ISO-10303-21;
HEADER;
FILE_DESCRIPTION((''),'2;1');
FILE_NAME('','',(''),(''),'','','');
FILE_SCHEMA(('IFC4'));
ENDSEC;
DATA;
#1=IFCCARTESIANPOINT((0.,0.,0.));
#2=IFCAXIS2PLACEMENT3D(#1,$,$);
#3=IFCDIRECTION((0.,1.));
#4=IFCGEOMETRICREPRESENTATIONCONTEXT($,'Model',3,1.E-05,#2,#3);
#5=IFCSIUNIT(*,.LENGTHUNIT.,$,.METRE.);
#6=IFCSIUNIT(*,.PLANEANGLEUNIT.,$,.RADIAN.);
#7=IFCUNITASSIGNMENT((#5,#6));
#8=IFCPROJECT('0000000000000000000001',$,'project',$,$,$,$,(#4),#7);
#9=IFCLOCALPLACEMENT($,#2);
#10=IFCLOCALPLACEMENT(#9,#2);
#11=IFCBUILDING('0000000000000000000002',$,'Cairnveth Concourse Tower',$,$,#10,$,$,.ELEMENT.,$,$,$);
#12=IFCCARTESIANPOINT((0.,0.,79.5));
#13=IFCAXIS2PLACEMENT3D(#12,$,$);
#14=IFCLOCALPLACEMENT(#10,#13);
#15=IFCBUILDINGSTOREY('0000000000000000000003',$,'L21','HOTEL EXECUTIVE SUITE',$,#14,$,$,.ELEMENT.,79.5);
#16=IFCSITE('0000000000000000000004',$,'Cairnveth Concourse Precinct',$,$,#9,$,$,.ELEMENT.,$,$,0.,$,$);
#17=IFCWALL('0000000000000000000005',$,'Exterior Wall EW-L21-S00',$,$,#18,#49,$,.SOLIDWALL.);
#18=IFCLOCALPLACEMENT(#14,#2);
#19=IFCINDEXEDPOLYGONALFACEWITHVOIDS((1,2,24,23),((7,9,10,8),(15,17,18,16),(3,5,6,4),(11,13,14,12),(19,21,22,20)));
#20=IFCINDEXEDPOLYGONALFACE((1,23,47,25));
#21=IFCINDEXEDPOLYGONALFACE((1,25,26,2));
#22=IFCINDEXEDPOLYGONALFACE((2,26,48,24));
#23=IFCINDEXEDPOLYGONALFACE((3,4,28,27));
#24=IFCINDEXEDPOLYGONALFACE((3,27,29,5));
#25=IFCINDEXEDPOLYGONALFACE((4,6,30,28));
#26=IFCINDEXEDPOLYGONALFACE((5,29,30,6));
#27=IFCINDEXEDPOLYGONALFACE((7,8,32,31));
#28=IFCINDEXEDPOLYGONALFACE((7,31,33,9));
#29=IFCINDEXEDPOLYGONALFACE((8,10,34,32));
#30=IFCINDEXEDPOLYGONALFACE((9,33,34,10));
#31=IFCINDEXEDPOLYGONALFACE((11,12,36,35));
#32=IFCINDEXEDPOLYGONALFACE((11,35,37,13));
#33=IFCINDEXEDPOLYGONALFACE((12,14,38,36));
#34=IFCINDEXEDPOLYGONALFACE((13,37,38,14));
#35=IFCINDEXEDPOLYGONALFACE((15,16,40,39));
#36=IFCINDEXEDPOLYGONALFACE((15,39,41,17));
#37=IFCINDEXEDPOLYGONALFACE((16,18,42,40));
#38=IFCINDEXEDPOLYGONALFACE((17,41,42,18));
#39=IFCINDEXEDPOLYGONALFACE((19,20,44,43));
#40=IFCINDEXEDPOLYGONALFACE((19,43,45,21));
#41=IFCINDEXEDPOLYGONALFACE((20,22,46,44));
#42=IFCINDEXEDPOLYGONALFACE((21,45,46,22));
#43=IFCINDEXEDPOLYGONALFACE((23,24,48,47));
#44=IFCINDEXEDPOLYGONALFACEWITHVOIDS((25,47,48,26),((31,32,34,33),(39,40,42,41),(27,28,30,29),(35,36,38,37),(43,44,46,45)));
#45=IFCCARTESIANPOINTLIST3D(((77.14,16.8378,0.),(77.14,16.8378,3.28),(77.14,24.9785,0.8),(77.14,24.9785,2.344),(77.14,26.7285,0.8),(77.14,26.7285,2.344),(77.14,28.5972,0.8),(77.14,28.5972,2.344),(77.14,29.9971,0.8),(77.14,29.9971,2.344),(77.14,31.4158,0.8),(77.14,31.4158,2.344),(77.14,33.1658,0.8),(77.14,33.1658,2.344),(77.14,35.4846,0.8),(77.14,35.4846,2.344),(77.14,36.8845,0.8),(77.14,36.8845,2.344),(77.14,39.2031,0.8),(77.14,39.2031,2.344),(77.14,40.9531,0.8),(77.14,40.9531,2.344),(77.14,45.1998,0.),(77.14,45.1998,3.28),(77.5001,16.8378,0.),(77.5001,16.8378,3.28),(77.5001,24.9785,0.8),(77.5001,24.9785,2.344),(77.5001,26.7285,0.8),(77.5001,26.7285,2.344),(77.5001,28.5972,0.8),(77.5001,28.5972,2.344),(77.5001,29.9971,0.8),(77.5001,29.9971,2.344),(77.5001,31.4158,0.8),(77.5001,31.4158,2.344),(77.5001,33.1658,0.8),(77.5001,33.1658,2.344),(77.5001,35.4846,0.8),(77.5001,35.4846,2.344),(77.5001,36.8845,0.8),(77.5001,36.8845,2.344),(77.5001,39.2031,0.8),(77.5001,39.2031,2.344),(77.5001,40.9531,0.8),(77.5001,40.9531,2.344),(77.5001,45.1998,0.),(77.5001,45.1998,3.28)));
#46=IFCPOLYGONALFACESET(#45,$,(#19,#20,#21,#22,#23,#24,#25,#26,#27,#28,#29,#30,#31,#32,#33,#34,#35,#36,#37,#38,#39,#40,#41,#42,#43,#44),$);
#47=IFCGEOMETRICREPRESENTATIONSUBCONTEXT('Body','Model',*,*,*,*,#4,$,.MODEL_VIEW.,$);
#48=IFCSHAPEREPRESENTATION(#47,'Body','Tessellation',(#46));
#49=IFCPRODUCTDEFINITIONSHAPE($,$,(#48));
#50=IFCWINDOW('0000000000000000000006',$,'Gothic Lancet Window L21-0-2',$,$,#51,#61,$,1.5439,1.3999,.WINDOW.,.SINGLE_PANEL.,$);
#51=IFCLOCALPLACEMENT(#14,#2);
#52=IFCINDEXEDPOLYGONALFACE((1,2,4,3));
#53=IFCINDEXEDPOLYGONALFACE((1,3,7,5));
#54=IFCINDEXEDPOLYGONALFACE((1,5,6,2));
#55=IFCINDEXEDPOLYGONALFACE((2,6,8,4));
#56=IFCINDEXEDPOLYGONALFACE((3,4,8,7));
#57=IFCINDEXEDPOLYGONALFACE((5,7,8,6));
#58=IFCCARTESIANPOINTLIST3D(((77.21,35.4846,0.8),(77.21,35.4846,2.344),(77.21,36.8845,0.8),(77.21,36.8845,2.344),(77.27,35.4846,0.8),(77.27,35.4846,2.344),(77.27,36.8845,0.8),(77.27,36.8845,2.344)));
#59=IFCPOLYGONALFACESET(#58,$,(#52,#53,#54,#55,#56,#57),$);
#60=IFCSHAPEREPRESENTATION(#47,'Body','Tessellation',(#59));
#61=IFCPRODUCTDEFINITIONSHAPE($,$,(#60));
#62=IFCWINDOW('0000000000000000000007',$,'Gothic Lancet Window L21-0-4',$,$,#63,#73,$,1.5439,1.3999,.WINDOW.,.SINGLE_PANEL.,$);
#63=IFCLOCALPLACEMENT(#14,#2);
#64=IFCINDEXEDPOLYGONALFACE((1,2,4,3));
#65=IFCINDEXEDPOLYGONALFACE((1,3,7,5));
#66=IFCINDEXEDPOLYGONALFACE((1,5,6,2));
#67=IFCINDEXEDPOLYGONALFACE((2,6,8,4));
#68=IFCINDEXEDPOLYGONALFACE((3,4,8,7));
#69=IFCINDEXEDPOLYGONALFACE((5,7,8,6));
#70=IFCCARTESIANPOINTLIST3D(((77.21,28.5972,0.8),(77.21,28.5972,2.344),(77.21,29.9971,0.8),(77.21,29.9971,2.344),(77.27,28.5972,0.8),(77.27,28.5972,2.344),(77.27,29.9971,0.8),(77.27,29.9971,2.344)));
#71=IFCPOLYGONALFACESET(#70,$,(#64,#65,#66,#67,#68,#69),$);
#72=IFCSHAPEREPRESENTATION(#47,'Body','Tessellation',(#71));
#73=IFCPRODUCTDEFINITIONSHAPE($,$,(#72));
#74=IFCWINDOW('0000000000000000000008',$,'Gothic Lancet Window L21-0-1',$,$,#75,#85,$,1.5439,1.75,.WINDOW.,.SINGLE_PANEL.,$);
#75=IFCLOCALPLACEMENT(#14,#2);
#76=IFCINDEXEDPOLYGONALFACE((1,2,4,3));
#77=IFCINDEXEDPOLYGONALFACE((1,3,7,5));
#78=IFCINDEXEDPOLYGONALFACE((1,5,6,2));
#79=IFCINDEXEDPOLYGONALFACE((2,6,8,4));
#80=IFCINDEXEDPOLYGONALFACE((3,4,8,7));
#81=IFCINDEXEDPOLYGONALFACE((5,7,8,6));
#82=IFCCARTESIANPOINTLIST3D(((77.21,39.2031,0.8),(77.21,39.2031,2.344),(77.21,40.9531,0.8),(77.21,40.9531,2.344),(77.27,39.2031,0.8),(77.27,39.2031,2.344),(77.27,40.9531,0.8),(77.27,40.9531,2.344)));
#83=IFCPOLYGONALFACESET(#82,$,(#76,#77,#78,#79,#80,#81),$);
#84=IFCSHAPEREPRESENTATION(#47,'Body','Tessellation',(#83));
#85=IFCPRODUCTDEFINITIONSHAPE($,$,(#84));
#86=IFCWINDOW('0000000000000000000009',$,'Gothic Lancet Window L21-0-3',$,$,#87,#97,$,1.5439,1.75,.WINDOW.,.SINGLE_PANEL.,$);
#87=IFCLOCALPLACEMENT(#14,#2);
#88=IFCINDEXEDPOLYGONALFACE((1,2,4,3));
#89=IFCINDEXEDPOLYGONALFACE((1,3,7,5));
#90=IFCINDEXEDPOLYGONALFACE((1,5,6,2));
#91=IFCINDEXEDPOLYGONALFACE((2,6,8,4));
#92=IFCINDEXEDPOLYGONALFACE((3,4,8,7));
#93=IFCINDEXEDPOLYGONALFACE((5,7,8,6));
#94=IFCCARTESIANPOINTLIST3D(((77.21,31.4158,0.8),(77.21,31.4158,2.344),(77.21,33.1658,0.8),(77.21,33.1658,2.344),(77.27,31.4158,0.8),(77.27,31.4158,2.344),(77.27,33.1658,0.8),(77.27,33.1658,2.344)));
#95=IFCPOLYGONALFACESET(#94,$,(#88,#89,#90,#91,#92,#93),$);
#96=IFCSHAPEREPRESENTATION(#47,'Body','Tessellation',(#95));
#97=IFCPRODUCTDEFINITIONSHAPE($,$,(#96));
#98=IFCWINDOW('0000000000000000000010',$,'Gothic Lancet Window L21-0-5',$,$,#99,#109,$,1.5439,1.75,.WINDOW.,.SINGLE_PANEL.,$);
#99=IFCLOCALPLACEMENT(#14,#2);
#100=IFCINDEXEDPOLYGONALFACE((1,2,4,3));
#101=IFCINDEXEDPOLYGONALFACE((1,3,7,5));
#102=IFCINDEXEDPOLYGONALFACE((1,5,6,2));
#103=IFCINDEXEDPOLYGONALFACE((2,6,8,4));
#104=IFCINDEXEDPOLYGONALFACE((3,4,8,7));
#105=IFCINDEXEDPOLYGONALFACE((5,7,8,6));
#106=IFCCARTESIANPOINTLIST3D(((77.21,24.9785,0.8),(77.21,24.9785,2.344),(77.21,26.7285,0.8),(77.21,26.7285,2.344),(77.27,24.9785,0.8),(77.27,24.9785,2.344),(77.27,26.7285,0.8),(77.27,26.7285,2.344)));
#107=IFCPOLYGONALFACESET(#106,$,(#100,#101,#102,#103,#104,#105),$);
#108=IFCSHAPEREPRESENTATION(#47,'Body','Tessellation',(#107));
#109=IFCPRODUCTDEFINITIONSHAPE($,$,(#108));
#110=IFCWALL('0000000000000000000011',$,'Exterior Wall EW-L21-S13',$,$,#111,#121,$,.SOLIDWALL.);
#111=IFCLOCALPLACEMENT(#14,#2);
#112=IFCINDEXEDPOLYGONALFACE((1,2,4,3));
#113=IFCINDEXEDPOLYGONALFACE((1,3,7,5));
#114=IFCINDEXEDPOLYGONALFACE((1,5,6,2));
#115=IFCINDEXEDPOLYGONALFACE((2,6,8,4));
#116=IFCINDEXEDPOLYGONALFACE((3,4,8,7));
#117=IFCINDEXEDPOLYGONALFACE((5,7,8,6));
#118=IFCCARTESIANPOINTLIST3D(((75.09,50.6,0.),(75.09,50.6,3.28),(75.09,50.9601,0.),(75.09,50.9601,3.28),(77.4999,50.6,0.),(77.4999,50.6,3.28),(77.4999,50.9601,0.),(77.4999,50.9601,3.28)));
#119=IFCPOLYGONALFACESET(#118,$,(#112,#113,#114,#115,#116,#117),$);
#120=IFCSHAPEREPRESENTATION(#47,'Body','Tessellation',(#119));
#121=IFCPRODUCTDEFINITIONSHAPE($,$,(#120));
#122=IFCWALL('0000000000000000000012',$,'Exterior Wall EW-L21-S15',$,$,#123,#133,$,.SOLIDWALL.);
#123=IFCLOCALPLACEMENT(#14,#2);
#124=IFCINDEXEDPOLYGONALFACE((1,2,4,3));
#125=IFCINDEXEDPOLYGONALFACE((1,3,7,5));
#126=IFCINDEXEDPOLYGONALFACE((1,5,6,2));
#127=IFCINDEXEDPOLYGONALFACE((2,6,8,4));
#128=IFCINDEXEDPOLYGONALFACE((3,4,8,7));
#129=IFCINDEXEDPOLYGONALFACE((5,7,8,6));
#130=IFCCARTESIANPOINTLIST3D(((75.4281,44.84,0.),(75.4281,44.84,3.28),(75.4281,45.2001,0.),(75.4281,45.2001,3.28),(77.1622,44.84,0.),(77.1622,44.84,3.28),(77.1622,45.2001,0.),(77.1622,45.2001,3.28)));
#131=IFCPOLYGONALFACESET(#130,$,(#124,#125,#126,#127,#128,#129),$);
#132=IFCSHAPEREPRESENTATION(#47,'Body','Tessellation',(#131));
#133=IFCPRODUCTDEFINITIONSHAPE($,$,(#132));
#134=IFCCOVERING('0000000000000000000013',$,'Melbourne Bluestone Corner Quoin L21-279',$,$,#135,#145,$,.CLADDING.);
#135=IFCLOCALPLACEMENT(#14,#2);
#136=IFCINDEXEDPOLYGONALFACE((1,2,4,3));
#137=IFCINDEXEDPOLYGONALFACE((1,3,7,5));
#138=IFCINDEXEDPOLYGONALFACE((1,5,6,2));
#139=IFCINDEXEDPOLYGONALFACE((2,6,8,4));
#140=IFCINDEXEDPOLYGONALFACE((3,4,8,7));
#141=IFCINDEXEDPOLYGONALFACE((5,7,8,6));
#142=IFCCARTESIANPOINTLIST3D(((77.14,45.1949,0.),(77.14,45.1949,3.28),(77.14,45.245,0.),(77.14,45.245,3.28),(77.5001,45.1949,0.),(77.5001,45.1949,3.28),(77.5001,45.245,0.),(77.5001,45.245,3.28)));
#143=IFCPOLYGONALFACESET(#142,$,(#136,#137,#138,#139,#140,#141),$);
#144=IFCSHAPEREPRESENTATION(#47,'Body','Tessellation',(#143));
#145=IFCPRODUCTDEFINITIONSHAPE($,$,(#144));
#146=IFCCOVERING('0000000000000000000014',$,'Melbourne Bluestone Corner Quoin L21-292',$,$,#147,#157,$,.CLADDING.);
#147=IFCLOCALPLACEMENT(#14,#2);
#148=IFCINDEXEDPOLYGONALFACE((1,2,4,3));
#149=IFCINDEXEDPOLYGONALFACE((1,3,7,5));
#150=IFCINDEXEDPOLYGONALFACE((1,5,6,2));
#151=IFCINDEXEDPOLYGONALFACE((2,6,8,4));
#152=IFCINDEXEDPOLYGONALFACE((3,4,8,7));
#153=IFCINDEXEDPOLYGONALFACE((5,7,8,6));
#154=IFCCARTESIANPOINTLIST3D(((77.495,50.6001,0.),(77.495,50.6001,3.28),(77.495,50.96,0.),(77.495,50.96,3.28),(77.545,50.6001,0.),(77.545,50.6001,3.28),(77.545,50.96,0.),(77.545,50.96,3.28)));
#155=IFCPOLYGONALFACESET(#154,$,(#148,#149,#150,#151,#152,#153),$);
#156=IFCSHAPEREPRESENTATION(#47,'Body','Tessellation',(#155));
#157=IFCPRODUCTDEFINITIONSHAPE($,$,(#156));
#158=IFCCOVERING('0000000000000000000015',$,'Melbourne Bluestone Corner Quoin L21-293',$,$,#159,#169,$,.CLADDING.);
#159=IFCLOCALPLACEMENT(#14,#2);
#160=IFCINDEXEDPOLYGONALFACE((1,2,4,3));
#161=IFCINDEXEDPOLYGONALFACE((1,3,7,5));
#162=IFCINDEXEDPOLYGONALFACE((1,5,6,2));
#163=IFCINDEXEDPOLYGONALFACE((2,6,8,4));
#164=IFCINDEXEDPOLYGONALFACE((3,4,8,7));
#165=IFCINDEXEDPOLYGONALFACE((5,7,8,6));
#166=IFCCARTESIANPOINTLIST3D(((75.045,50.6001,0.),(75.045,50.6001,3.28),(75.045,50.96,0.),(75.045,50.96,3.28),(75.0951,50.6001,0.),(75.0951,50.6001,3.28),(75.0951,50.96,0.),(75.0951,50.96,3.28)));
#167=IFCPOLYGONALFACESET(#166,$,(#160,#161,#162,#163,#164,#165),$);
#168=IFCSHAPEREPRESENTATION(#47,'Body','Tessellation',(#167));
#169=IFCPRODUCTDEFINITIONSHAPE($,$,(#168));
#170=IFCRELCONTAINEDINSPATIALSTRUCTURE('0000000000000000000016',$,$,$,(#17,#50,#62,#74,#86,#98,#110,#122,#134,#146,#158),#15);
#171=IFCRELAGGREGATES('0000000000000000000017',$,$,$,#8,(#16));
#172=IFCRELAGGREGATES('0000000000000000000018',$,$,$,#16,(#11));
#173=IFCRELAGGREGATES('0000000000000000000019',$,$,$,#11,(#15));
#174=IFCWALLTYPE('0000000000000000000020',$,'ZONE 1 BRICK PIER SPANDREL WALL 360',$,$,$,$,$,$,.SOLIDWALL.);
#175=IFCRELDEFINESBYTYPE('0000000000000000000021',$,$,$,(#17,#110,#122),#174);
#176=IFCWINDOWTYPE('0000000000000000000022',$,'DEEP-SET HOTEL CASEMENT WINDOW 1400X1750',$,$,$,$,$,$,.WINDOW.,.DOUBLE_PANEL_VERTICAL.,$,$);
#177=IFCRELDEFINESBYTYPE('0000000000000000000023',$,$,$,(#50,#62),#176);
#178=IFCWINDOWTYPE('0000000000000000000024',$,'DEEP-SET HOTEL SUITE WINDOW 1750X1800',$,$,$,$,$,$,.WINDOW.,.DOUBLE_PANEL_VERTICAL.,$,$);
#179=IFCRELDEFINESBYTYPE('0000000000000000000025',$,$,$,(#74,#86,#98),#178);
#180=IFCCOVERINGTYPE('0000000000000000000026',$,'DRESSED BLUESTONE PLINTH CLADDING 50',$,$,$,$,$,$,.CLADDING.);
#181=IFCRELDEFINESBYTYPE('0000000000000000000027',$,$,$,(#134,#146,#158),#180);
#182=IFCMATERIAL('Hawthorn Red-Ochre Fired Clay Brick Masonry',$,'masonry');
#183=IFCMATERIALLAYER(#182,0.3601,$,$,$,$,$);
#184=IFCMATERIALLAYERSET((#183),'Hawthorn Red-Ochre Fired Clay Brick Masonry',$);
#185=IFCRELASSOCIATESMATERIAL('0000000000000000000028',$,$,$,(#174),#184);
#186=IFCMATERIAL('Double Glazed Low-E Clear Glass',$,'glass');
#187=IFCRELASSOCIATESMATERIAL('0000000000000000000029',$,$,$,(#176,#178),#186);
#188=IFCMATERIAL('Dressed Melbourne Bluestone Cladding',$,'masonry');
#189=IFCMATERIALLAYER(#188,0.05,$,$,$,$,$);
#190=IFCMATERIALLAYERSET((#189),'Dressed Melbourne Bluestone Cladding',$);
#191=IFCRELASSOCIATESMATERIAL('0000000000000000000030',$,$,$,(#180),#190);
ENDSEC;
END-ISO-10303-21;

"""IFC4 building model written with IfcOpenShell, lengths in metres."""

from ifc_helpers import new_model, si_unit, direction, frame, frame_2d, origin, place, context, subcontext, project, spatial, rectangle, extrude, material, layer, layer_set, type_object, element, fill, save


model = new_model("IFC4")

# Units and contexts
model_context = context("Model", 3, precision=1e-05, world=origin(), true_north=direction((0.0, 1.0)))
body_context = subcontext(model_context, "Body", "Model", "MODEL_VIEW")
ifc_project = project(units=[si_unit("LENGTHUNIT", "METRE"), si_unit("PLANEANGLEUNIT", "RADIAN")], contexts=[model_context])

# Site, building, storey
site_placement = place(None, origin())
site = spatial("IfcSite", under=ifc_project, at=site_placement, Name="Cairnveth Concourse Precinct", CompositionType="ELEMENT", RefElevation=0.0)
building_placement = place(site_placement, origin())
building = spatial("IfcBuilding", under=site, at=building_placement, Name="Cairnveth Concourse Tower", CompositionType="ELEMENT")
storey_placement = place(building_placement, frame((0.0, 0.0, 79.5)))
storey = spatial("IfcBuildingStorey", under=building, at=storey_placement, Name="L21", Description="HOTEL EXECUTIVE SUITE", CompositionType="ELEMENT", Elevation=79.5)

# Shared definitions
ifc_material_1 = material(Name="Dressed Melbourne Bluestone Cladding", Category="masonry")

# Wall, openings, windows
ifc_material_2 = material(Name="Hawthorn Red-Ochre Fired Clay Brick Masonry", Category="masonry")
ifc_layer_1 = layer(ifc_material_2, 0.3601)
ifc_layer_set_1 = layer_set([ifc_layer_1], Name="Hawthorn Red-Ochre Fired Clay Brick Masonry")
wall_type_1 = type_object("IfcWallType", Name="ZONE 1 BRICK PIER SPANDREL WALL 360", PredefinedType="SOLIDWALL", material=ifc_layer_set_1)
wall_1_placement = place(storey_placement, frame((77.3201, 45.2, 0.0), z_axis=(0.0, 0.0, 1.0), x_axis=(0.0, -1.0, 0.0)))
wall_1 = element("IfcWall", 1, at=wall_1_placement, inside=storey, type_object=wall_type_1, Name="Exterior Wall EW-L21-S00", PredefinedType="SOLIDWALL", context=body_context, shape_type="SweptSolid", body=[
    extrude(rectangle(XDim=28.3621, YDim=0.3601, at=frame_2d((14.1812, 0.0))), origin(), (0.0, 0.0, 1.0), 3.28),
])
opening_1_placement = place(wall_1_placement, frame((4.2468, 0.0, 0.8)))
opening_1 = element("IfcOpeningElement", 2, at=opening_1_placement, cuts=wall_1, PredefinedType="OPENING", context=body_context, shape_type="SweptSolid", body=[
    extrude(rectangle(XDim=1.75, YDim=1.5439, at=frame_2d((0.875, 0.772))), frame((0.0, 0.1899, 0.0), z_axis=(0.0, -1.0, 0.0), x_axis=(1.0, 0.0, 0.0)), (0.0, 0.0, 1.0), 0.3801),
])
opening_2_placement = place(wall_1_placement, frame((8.3154, 0.0, 0.8)))
opening_2 = element("IfcOpeningElement", 3, at=opening_2_placement, cuts=wall_1, PredefinedType="OPENING", context=body_context, shape_type="SweptSolid", body=[
    extrude(rectangle(XDim=1.3999, YDim=1.5439, at=frame_2d((0.7, 0.772))), frame((0.0, 0.1899, 0.0), z_axis=(0.0, -1.0, 0.0), x_axis=(1.0, 0.0, 0.0)), (0.0, 0.0, 1.0), 0.3801),
])
opening_3_placement = place(wall_1_placement, frame((12.0342, 0.0, 0.8)))
opening_3 = element("IfcOpeningElement", 4, at=opening_3_placement, cuts=wall_1, PredefinedType="OPENING", context=body_context, shape_type="SweptSolid", body=[
    extrude(rectangle(XDim=1.75, YDim=1.5439, at=frame_2d((0.875, 0.772))), frame((0.0, 0.1899, 0.0), z_axis=(0.0, -1.0, 0.0), x_axis=(1.0, 0.0, 0.0)), (0.0, 0.0, 1.0), 0.3801),
])
opening_4_placement = place(wall_1_placement, frame((15.2029, 0.0, 0.8)))
opening_4 = element("IfcOpeningElement", 5, at=opening_4_placement, cuts=wall_1, PredefinedType="OPENING", context=body_context, shape_type="SweptSolid", body=[
    extrude(rectangle(XDim=1.3999, YDim=1.5439, at=frame_2d((0.7, 0.772))), frame((0.0, 0.1899, 0.0), z_axis=(0.0, -1.0, 0.0), x_axis=(1.0, 0.0, 0.0)), (0.0, 0.0, 1.0), 0.3801),
])
opening_5_placement = place(wall_1_placement, frame((18.4714, 0.0, 0.8)))
opening_5 = element("IfcOpeningElement", 6, at=opening_5_placement, cuts=wall_1, PredefinedType="OPENING", context=body_context, shape_type="SweptSolid", body=[
    extrude(rectangle(XDim=1.75, YDim=1.5439, at=frame_2d((0.875, 0.772))), frame((0.0, 0.1899, 0.0), z_axis=(0.0, -1.0, 0.0), x_axis=(1.0, 0.0, 0.0)), (0.0, 0.0, 1.0), 0.3801),
])
ifc_material_3 = material(Name="Double Glazed Low-E Clear Glass", Category="glass")
window_type_1 = type_object("IfcWindowType", Name="DEEP-SET HOTEL CASEMENT WINDOW 1400X1750", PartitioningType="DOUBLE_PANEL_VERTICAL", PredefinedType="WINDOW", material=ifc_material_3)
window_1_placement = place(opening_2_placement, origin())
window_1 = element("IfcWindow", 7, at=window_1_placement, inside=storey, type_object=window_type_1, Name="Gothic Lancet Window L21-0-2", OverallHeight=1.5439, OverallWidth=1.3999, PartitioningType="SINGLE_PANEL", PredefinedType="WINDOW", context=body_context, shape_type="SweptSolid", body=[
    extrude(rectangle(XDim=1.3999, YDim=1.5439, at=frame_2d((0.7, 0.772))), frame((0.0, -0.05, 0.0), z_axis=(0.0, -1.0, 0.0), x_axis=(1.0, 0.0, 0.0)), (0.0, 0.0, 1.0), 0.0601),
])
fill(opening_2, window_1)
window_2_placement = place(opening_4_placement, origin())
window_2 = element("IfcWindow", 8, at=window_2_placement, inside=storey, type_object=window_type_1, Name="Gothic Lancet Window L21-0-4", OverallHeight=1.5439, OverallWidth=1.3999, PartitioningType="SINGLE_PANEL", PredefinedType="WINDOW", context=body_context, shape_type="SweptSolid", body=[
    extrude(rectangle(XDim=1.3999, YDim=1.5439, at=frame_2d((0.7, 0.772))), frame((0.0, -0.05, 0.0), z_axis=(0.0, -1.0, 0.0), x_axis=(1.0, 0.0, 0.0)), (0.0, 0.0, 1.0), 0.0601),
])
fill(opening_4, window_2)
window_type_2 = type_object("IfcWindowType", Name="DEEP-SET HOTEL SUITE WINDOW 1750X1800", PartitioningType="DOUBLE_PANEL_VERTICAL", PredefinedType="WINDOW", material=ifc_material_3)
window_3_placement = place(opening_1_placement, origin())
window_3 = element("IfcWindow", 9, at=window_3_placement, inside=storey, type_object=window_type_2, Name="Gothic Lancet Window L21-0-1", OverallHeight=1.5439, OverallWidth=1.75, PartitioningType="SINGLE_PANEL", PredefinedType="WINDOW", context=body_context, shape_type="SweptSolid", body=[
    extrude(rectangle(XDim=1.75, YDim=1.5439, at=frame_2d((0.875, 0.772))), frame((0.0, -0.05, 0.0), z_axis=(0.0, -1.0, 0.0), x_axis=(1.0, 0.0, 0.0)), (0.0, 0.0, 1.0), 0.0601),
])
fill(opening_1, window_3)
window_4_placement = place(opening_3_placement, origin())
window_4 = element("IfcWindow", 10, at=window_4_placement, inside=storey, type_object=window_type_2, Name="Gothic Lancet Window L21-0-3", OverallHeight=1.5439, OverallWidth=1.75, PartitioningType="SINGLE_PANEL", PredefinedType="WINDOW", context=body_context, shape_type="SweptSolid", body=[
    extrude(rectangle(XDim=1.75, YDim=1.5439, at=frame_2d((0.875, 0.772))), frame((0.0, -0.05, 0.0), z_axis=(0.0, -1.0, 0.0), x_axis=(1.0, 0.0, 0.0)), (0.0, 0.0, 1.0), 0.0601),
])
fill(opening_3, window_4)
window_5_placement = place(opening_5_placement, origin())
window_5 = element("IfcWindow", 11, at=window_5_placement, inside=storey, type_object=window_type_2, Name="Gothic Lancet Window L21-0-5", OverallHeight=1.5439, OverallWidth=1.75, PartitioningType="SINGLE_PANEL", PredefinedType="WINDOW", context=body_context, shape_type="SweptSolid", body=[
    extrude(rectangle(XDim=1.75, YDim=1.5439, at=frame_2d((0.875, 0.772))), frame((0.0, -0.05, 0.0), z_axis=(0.0, -1.0, 0.0), x_axis=(1.0, 0.0, 0.0)), (0.0, 0.0, 1.0), 0.0601),
])
fill(opening_5, window_5)

# Wall
wall_2_placement = place(storey_placement, frame((77.5, 50.78, 0.0), z_axis=(0.0, 0.0, 1.0), x_axis=(-1.0, 0.0, 0.0)))
element("IfcWall", 12, at=wall_2_placement, inside=storey, type_object=wall_type_1, Name="Exterior Wall EW-L21-S13", PredefinedType="SOLIDWALL", context=body_context, shape_type="SweptSolid", body=[
    extrude(rectangle(XDim=2.4099, YDim=0.3601, at=frame_2d((1.2051, 0.0))), origin(), (0.0, 0.0, 1.0), 3.28),
])

# Wall
wall_3_placement = place(storey_placement, frame((75.428, 45.02, 0.0), z_axis=(0.0, 0.0, 1.0), x_axis=(1.0, 0.0, 0.0)))
element("IfcWall", 13, at=wall_3_placement, inside=storey, type_object=wall_type_1, Name="Exterior Wall EW-L21-S15", PredefinedType="SOLIDWALL", context=body_context, shape_type="SweptSolid", body=[
    extrude(rectangle(XDim=1.7341, YDim=0.3601, at=frame_2d((0.8672, 0.0))), origin(), (0.0, 0.0, 1.0), 3.28),
])

# Coverings
ifc_layer_2 = layer(ifc_material_1, 0.05)
ifc_layer_set_2 = layer_set([ifc_layer_2], Name="Dressed Melbourne Bluestone Cladding")
covering_type = type_object("IfcCoveringType", Name="DRESSED BLUESTONE PLINTH CLADDING 50", PredefinedType="CLADDING", material=ifc_layer_set_2)
covering_placement = place(storey_placement, frame((77.1399, 45.22, 0.0), z_axis=(0.0, 0.0, 1.0), x_axis=(1.0, 0.0, 0.0)))
element("IfcCovering", 14, at=covering_placement, inside=storey, type_object=covering_type, Name="Melbourne Bluestone Corner Quoin L21-279", PredefinedType="CLADDING", context=body_context, shape_type="SweptSolid", body=[
    extrude(rectangle(XDim=0.3601, YDim=0.05, at=frame_2d((0.1802, 0.0))), origin(), (0.0, 0.0, 1.0), 3.28),
])
for number, where, z_axis, x_axis, name in (
    (15, (77.52, 50.96, 0.0), (0.0, 0.0, 1.0), (0.0, -1.0, 0.0), "Melbourne Bluestone Corner Quoin L21-292"),
    (16, (75.0701, 50.96, 0.0), (0.0, 0.0, 1.0), (0.0, -1.0, 0.0), "Melbourne Bluestone Corner Quoin L21-293"),
):
    element("IfcCovering", number, at=place(storey_placement, frame(where, z_axis=z_axis, x_axis=x_axis)), inside=storey, type_object=covering_type, Name=name, PredefinedType="CLADDING", context=body_context, shape_type="SweptSolid", body=[
        extrude(rectangle(XDim=0.3599, YDim=0.05, at=frame_2d((0.1799, 0.0))), origin(), (0.0, 0.0, 1.0), 3.28),
    ])

save(model, "model.ifc")
